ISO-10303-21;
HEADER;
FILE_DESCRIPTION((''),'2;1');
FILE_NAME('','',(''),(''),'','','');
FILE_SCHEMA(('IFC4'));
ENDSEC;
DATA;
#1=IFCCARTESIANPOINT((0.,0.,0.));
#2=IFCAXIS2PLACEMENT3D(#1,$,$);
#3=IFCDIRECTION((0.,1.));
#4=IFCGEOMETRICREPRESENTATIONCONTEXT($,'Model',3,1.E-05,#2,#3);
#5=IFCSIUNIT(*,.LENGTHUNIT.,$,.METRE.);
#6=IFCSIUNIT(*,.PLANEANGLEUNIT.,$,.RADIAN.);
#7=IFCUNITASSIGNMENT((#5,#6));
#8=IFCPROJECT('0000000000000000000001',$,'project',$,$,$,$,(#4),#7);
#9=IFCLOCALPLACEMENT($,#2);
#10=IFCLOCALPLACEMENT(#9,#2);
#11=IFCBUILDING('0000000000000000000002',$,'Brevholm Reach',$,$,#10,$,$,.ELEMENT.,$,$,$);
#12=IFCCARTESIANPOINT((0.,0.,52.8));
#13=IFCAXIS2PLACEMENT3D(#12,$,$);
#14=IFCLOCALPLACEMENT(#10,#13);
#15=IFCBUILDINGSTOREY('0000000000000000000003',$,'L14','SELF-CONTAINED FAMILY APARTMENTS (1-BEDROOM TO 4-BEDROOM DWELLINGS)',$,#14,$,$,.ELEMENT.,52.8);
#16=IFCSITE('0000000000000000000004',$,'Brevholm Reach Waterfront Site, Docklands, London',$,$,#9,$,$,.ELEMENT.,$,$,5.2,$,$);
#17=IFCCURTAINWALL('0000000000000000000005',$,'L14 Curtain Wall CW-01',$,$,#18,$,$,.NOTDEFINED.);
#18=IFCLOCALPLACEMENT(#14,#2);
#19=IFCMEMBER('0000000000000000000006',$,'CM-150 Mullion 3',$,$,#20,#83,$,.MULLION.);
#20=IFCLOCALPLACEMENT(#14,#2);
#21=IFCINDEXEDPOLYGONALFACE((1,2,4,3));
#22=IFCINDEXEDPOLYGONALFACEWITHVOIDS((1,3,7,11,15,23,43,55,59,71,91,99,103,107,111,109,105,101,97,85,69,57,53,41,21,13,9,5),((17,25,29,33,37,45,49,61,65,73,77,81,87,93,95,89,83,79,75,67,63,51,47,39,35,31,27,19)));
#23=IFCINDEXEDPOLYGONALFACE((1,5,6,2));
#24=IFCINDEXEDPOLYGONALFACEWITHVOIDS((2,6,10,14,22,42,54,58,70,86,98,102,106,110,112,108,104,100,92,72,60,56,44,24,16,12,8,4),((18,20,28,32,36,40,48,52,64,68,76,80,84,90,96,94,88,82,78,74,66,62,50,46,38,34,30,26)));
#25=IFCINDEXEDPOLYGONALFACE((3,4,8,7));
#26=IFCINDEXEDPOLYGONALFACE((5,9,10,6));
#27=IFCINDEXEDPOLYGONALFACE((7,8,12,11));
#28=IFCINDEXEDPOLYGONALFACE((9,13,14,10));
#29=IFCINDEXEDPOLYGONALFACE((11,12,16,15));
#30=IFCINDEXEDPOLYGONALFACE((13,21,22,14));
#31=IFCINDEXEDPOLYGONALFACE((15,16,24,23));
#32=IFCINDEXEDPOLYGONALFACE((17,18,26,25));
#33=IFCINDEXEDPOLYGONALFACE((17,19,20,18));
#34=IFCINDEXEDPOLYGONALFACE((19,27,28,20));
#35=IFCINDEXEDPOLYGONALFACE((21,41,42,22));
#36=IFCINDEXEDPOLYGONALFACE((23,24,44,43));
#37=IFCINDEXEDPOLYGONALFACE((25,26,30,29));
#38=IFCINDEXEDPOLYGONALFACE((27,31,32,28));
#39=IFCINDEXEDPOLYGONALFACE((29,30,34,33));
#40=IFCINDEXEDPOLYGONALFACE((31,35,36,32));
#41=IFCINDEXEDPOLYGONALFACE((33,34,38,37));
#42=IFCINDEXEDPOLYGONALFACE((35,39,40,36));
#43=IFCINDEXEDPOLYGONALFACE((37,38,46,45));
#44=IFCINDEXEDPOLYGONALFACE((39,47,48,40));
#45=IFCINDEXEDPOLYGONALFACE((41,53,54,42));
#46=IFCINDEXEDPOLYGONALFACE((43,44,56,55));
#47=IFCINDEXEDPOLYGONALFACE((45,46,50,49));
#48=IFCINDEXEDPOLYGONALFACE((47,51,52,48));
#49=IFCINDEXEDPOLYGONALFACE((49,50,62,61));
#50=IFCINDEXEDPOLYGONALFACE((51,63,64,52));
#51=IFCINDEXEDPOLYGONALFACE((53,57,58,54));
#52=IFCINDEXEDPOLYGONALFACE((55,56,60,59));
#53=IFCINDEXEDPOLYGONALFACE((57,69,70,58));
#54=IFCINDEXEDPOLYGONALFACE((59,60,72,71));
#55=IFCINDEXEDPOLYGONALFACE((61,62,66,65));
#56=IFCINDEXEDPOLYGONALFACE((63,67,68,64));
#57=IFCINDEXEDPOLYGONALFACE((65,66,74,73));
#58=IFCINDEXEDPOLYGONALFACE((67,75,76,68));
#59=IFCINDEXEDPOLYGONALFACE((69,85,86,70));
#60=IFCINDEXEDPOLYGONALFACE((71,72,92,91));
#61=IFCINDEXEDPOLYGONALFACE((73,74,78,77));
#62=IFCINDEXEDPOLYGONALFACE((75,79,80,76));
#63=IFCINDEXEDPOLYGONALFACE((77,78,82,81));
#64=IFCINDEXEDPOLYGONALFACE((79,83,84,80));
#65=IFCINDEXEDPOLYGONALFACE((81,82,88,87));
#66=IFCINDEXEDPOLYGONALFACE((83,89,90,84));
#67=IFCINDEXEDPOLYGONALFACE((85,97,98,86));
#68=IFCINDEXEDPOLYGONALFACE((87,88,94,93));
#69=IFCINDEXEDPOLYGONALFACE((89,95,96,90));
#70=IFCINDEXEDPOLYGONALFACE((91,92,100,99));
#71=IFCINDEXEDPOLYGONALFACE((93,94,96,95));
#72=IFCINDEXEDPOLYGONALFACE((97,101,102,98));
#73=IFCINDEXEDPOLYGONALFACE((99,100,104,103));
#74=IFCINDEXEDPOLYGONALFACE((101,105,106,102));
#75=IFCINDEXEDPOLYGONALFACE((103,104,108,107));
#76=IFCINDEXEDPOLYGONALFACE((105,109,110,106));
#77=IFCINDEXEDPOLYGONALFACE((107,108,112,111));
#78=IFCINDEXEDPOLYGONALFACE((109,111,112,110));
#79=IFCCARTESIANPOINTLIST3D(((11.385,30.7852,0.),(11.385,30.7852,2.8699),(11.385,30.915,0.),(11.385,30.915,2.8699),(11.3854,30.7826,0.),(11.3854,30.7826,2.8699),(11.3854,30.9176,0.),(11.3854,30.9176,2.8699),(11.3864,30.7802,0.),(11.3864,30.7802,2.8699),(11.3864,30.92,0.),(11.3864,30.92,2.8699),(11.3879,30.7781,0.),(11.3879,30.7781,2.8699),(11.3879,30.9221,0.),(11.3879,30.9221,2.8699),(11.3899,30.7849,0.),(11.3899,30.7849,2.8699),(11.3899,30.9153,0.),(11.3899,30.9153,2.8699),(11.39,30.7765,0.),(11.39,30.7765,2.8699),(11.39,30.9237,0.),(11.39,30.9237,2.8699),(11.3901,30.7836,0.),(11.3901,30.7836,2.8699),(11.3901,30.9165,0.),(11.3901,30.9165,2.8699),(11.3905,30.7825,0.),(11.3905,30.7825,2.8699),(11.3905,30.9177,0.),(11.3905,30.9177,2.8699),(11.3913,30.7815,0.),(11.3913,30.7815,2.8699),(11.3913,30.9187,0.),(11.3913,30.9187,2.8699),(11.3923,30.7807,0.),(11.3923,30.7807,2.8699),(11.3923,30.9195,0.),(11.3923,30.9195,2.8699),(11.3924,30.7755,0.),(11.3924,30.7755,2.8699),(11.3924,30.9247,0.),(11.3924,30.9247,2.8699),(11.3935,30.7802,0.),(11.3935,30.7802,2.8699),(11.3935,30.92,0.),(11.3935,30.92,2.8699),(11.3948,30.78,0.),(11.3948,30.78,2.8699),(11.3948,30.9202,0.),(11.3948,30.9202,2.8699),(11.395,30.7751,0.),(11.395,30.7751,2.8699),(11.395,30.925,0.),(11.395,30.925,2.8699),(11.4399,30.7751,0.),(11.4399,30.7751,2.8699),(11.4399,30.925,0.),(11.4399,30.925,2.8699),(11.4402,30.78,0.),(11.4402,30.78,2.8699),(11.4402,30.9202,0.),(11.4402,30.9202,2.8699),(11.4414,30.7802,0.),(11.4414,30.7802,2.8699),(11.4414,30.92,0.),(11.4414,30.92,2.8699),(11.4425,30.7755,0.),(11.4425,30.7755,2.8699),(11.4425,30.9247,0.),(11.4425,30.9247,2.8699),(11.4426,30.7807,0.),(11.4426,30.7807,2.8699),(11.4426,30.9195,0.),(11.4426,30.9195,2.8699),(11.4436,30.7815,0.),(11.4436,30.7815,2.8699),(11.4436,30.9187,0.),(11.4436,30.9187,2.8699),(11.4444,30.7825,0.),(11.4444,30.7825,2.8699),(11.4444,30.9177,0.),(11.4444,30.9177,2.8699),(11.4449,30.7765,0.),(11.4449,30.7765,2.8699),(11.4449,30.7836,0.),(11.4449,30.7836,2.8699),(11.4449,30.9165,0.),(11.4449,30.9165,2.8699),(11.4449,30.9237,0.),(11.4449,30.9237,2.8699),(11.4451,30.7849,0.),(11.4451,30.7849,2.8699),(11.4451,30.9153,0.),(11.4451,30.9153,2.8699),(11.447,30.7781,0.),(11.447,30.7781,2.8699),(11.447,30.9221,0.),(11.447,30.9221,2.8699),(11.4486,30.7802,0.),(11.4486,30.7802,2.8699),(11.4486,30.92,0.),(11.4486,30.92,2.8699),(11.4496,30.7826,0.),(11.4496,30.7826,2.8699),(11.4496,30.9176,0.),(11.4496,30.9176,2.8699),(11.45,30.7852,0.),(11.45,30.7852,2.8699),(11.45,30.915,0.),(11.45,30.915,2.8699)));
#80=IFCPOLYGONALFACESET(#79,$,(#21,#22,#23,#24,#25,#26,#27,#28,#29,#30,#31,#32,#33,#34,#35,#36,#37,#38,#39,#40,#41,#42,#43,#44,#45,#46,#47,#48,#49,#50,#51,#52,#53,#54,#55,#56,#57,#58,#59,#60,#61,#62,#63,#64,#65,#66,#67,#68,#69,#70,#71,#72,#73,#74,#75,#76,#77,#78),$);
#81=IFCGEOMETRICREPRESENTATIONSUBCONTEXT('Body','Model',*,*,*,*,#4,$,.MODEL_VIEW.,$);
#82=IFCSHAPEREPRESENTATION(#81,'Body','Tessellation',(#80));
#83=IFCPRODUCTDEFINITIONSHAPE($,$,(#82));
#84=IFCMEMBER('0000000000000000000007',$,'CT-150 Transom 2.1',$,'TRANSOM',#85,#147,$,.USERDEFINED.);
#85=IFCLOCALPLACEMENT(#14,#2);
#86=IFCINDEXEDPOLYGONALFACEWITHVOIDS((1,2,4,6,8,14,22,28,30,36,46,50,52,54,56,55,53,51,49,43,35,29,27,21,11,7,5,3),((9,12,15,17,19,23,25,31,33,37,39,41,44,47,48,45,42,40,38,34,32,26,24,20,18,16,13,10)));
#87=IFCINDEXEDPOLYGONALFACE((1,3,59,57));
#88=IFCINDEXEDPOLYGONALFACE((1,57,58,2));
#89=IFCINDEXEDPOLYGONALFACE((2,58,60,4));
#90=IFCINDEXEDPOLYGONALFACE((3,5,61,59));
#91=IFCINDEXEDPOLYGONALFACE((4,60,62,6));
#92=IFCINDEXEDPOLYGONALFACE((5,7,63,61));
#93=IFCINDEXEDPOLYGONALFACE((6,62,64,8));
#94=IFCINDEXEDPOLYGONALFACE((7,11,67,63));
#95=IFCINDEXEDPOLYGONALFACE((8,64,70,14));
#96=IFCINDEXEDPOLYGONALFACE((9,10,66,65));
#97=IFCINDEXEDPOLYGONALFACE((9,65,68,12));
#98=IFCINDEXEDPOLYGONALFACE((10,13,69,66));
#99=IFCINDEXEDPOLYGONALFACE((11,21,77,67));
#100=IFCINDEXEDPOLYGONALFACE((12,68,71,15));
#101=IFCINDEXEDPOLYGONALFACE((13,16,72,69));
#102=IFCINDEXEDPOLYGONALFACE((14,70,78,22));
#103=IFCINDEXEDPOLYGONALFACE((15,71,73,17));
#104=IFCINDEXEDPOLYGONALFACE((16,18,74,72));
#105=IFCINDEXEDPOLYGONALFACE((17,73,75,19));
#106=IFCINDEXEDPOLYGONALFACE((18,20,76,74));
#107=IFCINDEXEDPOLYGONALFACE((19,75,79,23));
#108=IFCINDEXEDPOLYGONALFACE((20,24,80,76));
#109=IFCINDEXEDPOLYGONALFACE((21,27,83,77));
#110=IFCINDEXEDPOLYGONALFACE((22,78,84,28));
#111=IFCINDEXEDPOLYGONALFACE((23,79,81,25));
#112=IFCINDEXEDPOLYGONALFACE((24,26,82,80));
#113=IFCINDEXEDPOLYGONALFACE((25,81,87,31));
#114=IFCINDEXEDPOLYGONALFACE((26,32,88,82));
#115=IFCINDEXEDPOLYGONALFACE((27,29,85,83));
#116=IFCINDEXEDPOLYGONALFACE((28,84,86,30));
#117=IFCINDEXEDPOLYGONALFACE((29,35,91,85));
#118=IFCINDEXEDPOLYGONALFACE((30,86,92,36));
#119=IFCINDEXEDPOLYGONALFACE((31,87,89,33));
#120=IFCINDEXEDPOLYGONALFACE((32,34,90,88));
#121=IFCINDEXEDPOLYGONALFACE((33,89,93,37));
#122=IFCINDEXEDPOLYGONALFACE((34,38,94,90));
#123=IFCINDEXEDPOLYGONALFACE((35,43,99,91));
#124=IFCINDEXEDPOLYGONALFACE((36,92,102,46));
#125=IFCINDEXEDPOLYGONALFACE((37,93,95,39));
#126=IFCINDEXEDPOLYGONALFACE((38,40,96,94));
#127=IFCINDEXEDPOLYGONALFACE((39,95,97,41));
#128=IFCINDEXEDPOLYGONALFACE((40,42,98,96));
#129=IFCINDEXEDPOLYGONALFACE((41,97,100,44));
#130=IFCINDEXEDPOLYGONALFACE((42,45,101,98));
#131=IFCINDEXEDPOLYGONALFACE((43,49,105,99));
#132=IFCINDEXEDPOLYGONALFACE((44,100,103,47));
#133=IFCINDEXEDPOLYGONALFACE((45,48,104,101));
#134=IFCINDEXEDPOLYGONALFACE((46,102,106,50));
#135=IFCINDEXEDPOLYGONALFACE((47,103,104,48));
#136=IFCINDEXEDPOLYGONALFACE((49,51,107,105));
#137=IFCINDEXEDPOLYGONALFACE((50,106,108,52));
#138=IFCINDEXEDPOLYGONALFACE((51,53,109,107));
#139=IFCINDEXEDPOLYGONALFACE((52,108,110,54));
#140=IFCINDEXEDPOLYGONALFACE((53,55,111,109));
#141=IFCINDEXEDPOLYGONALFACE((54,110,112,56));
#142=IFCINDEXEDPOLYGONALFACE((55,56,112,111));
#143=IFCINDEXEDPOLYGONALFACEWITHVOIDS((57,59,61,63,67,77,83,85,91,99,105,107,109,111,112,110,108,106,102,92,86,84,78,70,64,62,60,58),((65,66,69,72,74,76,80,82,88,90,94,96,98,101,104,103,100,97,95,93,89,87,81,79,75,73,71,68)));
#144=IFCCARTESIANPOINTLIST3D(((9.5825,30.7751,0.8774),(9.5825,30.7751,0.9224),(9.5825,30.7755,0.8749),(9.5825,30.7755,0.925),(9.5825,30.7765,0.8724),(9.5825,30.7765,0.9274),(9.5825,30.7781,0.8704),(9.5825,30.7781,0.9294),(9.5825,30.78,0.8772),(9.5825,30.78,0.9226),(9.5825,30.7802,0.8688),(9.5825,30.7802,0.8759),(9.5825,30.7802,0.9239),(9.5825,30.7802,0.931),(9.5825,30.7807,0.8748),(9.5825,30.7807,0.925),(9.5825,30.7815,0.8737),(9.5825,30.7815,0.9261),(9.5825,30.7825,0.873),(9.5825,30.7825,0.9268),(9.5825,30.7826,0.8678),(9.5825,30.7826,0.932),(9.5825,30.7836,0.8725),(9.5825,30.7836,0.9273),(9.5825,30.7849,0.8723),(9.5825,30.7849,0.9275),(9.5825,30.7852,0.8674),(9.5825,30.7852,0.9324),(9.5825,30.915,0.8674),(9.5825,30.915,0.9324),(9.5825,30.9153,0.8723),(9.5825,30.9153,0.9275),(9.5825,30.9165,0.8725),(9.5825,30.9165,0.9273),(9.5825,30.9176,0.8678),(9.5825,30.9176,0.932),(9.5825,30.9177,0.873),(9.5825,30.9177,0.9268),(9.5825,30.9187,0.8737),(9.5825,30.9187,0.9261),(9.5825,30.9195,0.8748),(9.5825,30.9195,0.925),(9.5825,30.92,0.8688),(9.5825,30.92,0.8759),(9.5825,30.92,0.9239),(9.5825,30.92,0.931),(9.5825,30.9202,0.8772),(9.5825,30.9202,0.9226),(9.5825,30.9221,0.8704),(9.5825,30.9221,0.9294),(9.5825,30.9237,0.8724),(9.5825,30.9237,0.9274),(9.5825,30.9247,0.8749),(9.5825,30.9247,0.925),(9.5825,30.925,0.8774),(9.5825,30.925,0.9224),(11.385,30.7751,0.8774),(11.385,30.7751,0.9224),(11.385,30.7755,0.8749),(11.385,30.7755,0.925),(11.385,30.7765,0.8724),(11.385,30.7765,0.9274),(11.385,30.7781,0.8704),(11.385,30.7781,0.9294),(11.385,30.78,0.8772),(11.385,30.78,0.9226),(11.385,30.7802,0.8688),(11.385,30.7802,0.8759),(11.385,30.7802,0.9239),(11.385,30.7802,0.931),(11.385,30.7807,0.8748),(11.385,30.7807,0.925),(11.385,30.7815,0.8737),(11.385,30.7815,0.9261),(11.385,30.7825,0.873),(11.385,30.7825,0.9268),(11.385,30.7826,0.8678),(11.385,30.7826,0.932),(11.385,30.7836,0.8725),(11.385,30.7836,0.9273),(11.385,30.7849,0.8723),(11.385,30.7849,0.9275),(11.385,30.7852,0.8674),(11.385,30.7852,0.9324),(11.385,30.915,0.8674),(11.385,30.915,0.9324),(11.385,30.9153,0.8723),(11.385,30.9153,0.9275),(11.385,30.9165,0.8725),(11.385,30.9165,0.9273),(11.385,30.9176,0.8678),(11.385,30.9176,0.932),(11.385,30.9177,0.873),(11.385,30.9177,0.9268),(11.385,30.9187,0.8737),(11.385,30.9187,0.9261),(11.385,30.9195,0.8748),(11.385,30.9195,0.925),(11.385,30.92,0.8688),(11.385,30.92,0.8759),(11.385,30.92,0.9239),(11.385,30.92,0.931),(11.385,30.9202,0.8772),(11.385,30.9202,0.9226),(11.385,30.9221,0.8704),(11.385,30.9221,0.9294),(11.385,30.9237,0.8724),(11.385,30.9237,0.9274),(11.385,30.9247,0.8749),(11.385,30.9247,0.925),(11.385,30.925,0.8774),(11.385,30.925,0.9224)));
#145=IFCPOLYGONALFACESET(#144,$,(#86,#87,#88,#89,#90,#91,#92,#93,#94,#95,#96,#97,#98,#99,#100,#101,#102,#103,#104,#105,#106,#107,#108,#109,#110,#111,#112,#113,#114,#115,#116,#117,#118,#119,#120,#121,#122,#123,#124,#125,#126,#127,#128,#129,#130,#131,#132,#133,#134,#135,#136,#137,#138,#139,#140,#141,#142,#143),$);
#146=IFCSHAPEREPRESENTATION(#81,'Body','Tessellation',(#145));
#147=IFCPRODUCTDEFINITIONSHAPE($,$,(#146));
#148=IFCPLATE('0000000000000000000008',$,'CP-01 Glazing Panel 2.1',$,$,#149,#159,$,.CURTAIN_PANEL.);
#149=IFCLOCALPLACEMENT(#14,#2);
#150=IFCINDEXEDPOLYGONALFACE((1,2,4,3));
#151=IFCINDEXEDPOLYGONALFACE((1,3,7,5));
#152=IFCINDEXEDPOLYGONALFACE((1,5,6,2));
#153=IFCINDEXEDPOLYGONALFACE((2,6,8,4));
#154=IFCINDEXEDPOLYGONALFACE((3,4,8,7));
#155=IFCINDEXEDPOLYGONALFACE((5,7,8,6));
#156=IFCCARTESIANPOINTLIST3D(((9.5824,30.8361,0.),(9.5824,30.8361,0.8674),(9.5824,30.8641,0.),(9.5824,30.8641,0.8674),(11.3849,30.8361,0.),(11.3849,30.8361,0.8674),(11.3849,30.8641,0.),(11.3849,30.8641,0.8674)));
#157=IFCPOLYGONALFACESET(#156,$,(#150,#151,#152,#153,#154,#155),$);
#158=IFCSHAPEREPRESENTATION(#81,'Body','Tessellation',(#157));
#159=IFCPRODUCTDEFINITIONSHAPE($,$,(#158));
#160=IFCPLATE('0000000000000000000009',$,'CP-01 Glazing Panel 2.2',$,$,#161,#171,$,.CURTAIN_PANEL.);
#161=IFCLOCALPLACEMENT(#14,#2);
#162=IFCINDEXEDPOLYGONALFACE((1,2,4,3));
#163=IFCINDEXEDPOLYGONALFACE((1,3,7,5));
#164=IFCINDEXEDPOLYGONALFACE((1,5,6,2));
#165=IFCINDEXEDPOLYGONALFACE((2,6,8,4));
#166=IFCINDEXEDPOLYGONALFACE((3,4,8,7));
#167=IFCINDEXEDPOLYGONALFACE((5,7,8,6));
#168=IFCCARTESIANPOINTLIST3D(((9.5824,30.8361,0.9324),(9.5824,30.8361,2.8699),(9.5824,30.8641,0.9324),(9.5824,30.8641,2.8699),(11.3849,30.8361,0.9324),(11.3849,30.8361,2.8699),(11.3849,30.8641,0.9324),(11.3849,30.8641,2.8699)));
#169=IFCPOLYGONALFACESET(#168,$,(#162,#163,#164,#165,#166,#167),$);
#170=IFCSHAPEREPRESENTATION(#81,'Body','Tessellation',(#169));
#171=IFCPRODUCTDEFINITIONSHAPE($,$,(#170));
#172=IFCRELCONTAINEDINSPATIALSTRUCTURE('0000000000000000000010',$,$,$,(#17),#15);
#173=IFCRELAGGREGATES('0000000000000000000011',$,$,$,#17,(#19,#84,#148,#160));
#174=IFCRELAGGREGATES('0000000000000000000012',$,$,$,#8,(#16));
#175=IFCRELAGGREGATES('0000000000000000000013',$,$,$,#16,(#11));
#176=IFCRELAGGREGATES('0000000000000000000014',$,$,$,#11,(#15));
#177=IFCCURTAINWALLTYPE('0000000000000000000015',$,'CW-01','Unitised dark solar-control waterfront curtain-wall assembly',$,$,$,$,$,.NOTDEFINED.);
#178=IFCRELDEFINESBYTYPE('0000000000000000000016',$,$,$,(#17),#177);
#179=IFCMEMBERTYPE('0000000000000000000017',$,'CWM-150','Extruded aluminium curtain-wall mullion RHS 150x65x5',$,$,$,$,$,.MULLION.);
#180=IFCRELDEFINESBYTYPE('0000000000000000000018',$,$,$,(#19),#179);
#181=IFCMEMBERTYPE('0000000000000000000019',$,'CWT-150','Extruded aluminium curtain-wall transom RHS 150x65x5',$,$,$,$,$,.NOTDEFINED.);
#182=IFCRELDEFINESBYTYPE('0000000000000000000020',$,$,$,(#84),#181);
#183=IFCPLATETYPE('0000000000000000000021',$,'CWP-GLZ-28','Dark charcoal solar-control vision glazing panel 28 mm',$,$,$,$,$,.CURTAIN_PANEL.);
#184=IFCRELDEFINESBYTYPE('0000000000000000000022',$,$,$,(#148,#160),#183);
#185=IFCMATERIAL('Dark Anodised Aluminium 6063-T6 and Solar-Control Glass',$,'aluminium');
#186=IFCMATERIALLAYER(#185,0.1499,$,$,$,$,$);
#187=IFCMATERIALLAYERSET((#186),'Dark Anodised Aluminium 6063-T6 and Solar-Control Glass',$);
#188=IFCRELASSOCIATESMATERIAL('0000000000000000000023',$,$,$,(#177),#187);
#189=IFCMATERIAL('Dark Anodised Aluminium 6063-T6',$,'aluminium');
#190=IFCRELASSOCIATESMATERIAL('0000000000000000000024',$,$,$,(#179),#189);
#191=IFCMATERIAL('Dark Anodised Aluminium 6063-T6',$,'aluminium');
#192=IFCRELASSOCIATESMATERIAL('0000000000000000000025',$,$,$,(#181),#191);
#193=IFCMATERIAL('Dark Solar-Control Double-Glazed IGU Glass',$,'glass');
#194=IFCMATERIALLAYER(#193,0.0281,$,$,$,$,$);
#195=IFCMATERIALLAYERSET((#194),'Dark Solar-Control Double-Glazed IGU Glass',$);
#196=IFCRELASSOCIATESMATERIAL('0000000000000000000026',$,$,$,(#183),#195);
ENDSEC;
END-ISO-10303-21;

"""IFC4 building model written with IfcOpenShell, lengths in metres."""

from ifc_helpers import new_model, si_unit, direction, frame, origin, origin_2d, place, context, subcontext, project, spatial, rectangle, hollow_rectangle, extrude, material, layer, layer_set, material_profile, profile_set, type_object, element, aggregate, save


model = new_model("IFC4")

# Units and contexts
model_context = context("Model", 3, precision=1e-05, world=origin(), true_north=direction((0.0, 1.0)))
body_context = subcontext(model_context, "Body", "Model", "MODEL_VIEW")
ifc_project = project(units=[si_unit("LENGTHUNIT", "METRE"), si_unit("PLANEANGLEUNIT", "RADIAN")], contexts=[model_context])

# Site, building, storey
site_placement = place(None, origin())
site = spatial("IfcSite", under=ifc_project, at=site_placement, Name="Brevholm Reach Waterfront Site, Docklands, London", CompositionType="ELEMENT", RefElevation=5.2)
building_placement = place(site_placement, origin())
building = spatial("IfcBuilding", under=site, at=building_placement, Name="Brevholm Reach", CompositionType="ELEMENT")
storey_placement = place(building_placement, frame((0.0, 0.0, 52.8)))
storey = spatial("IfcBuildingStorey", under=building, at=storey_placement, Name="L14", Description="SELF-CONTAINED FAMILY APARTMENTS (1-BEDROOM TO 4-BEDROOM DWELLINGS)", CompositionType="ELEMENT", Elevation=52.8)

# Curtain wall, members, plates
ifc_material_1 = material(Name="Dark Anodised Aluminium 6063-T6 and Solar-Control Glass", Category="aluminium")
ifc_layer_1 = layer(ifc_material_1, 0.1499)
ifc_layer_set_1 = layer_set([ifc_layer_1], Name="Dark Anodised Aluminium 6063-T6 and Solar-Control Glass")
curtain_wall_type = type_object("IfcCurtainWallType", Name="CW-01", Description="Unitised dark solar-control waterfront curtain-wall assembly", PredefinedType="NOTDEFINED", material=ifc_layer_set_1)
curtain_wall_placement = place(storey_placement, origin())
curtain_wall = element("IfcCurtainWall", 1, at=curtain_wall_placement, inside=storey, type_object=curtain_wall_type, Name="L14 Curtain Wall CW-01", PredefinedType="NOTDEFINED")
ifc_material_2 = material(Name="Dark Anodised Aluminium 6063-T6", Category="aluminium")
ifc_material_profile_1 = material_profile(ifc_material_2, hollow_rectangle(XDim=0.0649, YDim=0.1499, WallThickness=0.0049, InnerFilletRadius=0.0049, OuterFilletRadius=0.01, at=origin_2d()), Name="RHS 150x65x5")
ifc_profile_set_1 = profile_set([ifc_material_profile_1], Name="Dark Anodised Aluminium 6063-T6")
member_type_1 = type_object("IfcMemberType", Name="CWM-150", Description="Extruded aluminium curtain-wall mullion RHS 150x65x5", PredefinedType="MULLION", material=ifc_profile_set_1)
member_1_placement = place(storey_placement, frame((11.4175, 30.8501, 0.0), z_axis=(0.0, 0.0, 1.0), x_axis=(1.0, 0.0, 0.0)))
member_1 = element("IfcMember", 2, at=member_1_placement, type_object=member_type_1, Name="CM-150 Mullion 3", PredefinedType="MULLION", context=body_context, shape_type="SweptSolid", body=[
    extrude(hollow_rectangle(XDim=0.0649, YDim=0.1499, WallThickness=0.0049, InnerFilletRadius=0.0049, OuterFilletRadius=0.01, at=origin_2d()), origin(), (0.0, 0.0, 1.0), 2.8699),
])
ifc_material_3 = material(Name="Dark Anodised Aluminium 6063-T6", Category="aluminium")
ifc_material_profile_2 = material_profile(ifc_material_3, hollow_rectangle(XDim=0.0649, YDim=0.1499, WallThickness=0.0049, InnerFilletRadius=0.0049, OuterFilletRadius=0.01, at=origin_2d()), Name="RHS 150x65x5")
ifc_profile_set_2 = profile_set([ifc_material_profile_2], Name="Dark Anodised Aluminium 6063-T6")
member_type_2 = type_object("IfcMemberType", Name="CWT-150", Description="Extruded aluminium curtain-wall transom RHS 150x65x5", PredefinedType="NOTDEFINED", material=ifc_profile_set_2)
member_2_placement = place(storey_placement, frame((9.5825, 30.8501, 0.8999), z_axis=(1.0, 0.0, 0.0), x_axis=(0.0, 0.0, 1.0)))
member_2 = element("IfcMember", 3, at=member_2_placement, type_object=member_type_2, Name="CT-150 Transom 2.1", ObjectType="TRANSOM", PredefinedType="USERDEFINED", context=body_context, shape_type="SweptSolid", body=[
    extrude(hollow_rectangle(XDim=0.0649, YDim=0.1499, WallThickness=0.0049, InnerFilletRadius=0.0049, OuterFilletRadius=0.01, at=origin_2d()), origin(), (0.0, 0.0, 1.0), 1.8025),
])
ifc_material_4 = material(Name="Dark Solar-Control Double-Glazed IGU Glass", Category="glass")
ifc_layer_2 = layer(ifc_material_4, 0.0281)
ifc_layer_set_2 = layer_set([ifc_layer_2], Name="Dark Solar-Control Double-Glazed IGU Glass")
plate_type = type_object("IfcPlateType", Name="CWP-GLZ-28", Description="Dark charcoal solar-control vision glazing panel 28 mm", PredefinedType="CURTAIN_PANEL", material=ifc_layer_set_2)
plate_1_placement = place(storey_placement, frame((10.4836, 30.8501, 0.0), z_axis=(0.0, 0.0, 1.0), x_axis=(1.0, 0.0, 0.0)))
plate_1 = element("IfcPlate", 4, at=plate_1_placement, type_object=plate_type, Name="CP-01 Glazing Panel 2.1", PredefinedType="CURTAIN_PANEL", context=body_context, shape_type="SweptSolid", body=[
    extrude(rectangle(XDim=1.8025, YDim=0.0281, at=origin_2d()), origin(), (0.0, 0.0, 1.0), 0.8674),
])
plate_2_placement = place(storey_placement, frame((10.4836, 30.8501, 0.9324), z_axis=(0.0, 0.0, 1.0), x_axis=(1.0, 0.0, 0.0)))
plate_2 = element("IfcPlate", 5, at=plate_2_placement, type_object=plate_type, Name="CP-01 Glazing Panel 2.2", PredefinedType="CURTAIN_PANEL", context=body_context, shape_type="SweptSolid", body=[
    extrude(rectangle(XDim=1.8025, YDim=0.0281, at=origin_2d()), origin(), (0.0, 0.0, 1.0), 1.9375),
])
aggregate(curtain_wall, [member_1, member_2, plate_1, plate_2])

save(model, "model.ifc")
